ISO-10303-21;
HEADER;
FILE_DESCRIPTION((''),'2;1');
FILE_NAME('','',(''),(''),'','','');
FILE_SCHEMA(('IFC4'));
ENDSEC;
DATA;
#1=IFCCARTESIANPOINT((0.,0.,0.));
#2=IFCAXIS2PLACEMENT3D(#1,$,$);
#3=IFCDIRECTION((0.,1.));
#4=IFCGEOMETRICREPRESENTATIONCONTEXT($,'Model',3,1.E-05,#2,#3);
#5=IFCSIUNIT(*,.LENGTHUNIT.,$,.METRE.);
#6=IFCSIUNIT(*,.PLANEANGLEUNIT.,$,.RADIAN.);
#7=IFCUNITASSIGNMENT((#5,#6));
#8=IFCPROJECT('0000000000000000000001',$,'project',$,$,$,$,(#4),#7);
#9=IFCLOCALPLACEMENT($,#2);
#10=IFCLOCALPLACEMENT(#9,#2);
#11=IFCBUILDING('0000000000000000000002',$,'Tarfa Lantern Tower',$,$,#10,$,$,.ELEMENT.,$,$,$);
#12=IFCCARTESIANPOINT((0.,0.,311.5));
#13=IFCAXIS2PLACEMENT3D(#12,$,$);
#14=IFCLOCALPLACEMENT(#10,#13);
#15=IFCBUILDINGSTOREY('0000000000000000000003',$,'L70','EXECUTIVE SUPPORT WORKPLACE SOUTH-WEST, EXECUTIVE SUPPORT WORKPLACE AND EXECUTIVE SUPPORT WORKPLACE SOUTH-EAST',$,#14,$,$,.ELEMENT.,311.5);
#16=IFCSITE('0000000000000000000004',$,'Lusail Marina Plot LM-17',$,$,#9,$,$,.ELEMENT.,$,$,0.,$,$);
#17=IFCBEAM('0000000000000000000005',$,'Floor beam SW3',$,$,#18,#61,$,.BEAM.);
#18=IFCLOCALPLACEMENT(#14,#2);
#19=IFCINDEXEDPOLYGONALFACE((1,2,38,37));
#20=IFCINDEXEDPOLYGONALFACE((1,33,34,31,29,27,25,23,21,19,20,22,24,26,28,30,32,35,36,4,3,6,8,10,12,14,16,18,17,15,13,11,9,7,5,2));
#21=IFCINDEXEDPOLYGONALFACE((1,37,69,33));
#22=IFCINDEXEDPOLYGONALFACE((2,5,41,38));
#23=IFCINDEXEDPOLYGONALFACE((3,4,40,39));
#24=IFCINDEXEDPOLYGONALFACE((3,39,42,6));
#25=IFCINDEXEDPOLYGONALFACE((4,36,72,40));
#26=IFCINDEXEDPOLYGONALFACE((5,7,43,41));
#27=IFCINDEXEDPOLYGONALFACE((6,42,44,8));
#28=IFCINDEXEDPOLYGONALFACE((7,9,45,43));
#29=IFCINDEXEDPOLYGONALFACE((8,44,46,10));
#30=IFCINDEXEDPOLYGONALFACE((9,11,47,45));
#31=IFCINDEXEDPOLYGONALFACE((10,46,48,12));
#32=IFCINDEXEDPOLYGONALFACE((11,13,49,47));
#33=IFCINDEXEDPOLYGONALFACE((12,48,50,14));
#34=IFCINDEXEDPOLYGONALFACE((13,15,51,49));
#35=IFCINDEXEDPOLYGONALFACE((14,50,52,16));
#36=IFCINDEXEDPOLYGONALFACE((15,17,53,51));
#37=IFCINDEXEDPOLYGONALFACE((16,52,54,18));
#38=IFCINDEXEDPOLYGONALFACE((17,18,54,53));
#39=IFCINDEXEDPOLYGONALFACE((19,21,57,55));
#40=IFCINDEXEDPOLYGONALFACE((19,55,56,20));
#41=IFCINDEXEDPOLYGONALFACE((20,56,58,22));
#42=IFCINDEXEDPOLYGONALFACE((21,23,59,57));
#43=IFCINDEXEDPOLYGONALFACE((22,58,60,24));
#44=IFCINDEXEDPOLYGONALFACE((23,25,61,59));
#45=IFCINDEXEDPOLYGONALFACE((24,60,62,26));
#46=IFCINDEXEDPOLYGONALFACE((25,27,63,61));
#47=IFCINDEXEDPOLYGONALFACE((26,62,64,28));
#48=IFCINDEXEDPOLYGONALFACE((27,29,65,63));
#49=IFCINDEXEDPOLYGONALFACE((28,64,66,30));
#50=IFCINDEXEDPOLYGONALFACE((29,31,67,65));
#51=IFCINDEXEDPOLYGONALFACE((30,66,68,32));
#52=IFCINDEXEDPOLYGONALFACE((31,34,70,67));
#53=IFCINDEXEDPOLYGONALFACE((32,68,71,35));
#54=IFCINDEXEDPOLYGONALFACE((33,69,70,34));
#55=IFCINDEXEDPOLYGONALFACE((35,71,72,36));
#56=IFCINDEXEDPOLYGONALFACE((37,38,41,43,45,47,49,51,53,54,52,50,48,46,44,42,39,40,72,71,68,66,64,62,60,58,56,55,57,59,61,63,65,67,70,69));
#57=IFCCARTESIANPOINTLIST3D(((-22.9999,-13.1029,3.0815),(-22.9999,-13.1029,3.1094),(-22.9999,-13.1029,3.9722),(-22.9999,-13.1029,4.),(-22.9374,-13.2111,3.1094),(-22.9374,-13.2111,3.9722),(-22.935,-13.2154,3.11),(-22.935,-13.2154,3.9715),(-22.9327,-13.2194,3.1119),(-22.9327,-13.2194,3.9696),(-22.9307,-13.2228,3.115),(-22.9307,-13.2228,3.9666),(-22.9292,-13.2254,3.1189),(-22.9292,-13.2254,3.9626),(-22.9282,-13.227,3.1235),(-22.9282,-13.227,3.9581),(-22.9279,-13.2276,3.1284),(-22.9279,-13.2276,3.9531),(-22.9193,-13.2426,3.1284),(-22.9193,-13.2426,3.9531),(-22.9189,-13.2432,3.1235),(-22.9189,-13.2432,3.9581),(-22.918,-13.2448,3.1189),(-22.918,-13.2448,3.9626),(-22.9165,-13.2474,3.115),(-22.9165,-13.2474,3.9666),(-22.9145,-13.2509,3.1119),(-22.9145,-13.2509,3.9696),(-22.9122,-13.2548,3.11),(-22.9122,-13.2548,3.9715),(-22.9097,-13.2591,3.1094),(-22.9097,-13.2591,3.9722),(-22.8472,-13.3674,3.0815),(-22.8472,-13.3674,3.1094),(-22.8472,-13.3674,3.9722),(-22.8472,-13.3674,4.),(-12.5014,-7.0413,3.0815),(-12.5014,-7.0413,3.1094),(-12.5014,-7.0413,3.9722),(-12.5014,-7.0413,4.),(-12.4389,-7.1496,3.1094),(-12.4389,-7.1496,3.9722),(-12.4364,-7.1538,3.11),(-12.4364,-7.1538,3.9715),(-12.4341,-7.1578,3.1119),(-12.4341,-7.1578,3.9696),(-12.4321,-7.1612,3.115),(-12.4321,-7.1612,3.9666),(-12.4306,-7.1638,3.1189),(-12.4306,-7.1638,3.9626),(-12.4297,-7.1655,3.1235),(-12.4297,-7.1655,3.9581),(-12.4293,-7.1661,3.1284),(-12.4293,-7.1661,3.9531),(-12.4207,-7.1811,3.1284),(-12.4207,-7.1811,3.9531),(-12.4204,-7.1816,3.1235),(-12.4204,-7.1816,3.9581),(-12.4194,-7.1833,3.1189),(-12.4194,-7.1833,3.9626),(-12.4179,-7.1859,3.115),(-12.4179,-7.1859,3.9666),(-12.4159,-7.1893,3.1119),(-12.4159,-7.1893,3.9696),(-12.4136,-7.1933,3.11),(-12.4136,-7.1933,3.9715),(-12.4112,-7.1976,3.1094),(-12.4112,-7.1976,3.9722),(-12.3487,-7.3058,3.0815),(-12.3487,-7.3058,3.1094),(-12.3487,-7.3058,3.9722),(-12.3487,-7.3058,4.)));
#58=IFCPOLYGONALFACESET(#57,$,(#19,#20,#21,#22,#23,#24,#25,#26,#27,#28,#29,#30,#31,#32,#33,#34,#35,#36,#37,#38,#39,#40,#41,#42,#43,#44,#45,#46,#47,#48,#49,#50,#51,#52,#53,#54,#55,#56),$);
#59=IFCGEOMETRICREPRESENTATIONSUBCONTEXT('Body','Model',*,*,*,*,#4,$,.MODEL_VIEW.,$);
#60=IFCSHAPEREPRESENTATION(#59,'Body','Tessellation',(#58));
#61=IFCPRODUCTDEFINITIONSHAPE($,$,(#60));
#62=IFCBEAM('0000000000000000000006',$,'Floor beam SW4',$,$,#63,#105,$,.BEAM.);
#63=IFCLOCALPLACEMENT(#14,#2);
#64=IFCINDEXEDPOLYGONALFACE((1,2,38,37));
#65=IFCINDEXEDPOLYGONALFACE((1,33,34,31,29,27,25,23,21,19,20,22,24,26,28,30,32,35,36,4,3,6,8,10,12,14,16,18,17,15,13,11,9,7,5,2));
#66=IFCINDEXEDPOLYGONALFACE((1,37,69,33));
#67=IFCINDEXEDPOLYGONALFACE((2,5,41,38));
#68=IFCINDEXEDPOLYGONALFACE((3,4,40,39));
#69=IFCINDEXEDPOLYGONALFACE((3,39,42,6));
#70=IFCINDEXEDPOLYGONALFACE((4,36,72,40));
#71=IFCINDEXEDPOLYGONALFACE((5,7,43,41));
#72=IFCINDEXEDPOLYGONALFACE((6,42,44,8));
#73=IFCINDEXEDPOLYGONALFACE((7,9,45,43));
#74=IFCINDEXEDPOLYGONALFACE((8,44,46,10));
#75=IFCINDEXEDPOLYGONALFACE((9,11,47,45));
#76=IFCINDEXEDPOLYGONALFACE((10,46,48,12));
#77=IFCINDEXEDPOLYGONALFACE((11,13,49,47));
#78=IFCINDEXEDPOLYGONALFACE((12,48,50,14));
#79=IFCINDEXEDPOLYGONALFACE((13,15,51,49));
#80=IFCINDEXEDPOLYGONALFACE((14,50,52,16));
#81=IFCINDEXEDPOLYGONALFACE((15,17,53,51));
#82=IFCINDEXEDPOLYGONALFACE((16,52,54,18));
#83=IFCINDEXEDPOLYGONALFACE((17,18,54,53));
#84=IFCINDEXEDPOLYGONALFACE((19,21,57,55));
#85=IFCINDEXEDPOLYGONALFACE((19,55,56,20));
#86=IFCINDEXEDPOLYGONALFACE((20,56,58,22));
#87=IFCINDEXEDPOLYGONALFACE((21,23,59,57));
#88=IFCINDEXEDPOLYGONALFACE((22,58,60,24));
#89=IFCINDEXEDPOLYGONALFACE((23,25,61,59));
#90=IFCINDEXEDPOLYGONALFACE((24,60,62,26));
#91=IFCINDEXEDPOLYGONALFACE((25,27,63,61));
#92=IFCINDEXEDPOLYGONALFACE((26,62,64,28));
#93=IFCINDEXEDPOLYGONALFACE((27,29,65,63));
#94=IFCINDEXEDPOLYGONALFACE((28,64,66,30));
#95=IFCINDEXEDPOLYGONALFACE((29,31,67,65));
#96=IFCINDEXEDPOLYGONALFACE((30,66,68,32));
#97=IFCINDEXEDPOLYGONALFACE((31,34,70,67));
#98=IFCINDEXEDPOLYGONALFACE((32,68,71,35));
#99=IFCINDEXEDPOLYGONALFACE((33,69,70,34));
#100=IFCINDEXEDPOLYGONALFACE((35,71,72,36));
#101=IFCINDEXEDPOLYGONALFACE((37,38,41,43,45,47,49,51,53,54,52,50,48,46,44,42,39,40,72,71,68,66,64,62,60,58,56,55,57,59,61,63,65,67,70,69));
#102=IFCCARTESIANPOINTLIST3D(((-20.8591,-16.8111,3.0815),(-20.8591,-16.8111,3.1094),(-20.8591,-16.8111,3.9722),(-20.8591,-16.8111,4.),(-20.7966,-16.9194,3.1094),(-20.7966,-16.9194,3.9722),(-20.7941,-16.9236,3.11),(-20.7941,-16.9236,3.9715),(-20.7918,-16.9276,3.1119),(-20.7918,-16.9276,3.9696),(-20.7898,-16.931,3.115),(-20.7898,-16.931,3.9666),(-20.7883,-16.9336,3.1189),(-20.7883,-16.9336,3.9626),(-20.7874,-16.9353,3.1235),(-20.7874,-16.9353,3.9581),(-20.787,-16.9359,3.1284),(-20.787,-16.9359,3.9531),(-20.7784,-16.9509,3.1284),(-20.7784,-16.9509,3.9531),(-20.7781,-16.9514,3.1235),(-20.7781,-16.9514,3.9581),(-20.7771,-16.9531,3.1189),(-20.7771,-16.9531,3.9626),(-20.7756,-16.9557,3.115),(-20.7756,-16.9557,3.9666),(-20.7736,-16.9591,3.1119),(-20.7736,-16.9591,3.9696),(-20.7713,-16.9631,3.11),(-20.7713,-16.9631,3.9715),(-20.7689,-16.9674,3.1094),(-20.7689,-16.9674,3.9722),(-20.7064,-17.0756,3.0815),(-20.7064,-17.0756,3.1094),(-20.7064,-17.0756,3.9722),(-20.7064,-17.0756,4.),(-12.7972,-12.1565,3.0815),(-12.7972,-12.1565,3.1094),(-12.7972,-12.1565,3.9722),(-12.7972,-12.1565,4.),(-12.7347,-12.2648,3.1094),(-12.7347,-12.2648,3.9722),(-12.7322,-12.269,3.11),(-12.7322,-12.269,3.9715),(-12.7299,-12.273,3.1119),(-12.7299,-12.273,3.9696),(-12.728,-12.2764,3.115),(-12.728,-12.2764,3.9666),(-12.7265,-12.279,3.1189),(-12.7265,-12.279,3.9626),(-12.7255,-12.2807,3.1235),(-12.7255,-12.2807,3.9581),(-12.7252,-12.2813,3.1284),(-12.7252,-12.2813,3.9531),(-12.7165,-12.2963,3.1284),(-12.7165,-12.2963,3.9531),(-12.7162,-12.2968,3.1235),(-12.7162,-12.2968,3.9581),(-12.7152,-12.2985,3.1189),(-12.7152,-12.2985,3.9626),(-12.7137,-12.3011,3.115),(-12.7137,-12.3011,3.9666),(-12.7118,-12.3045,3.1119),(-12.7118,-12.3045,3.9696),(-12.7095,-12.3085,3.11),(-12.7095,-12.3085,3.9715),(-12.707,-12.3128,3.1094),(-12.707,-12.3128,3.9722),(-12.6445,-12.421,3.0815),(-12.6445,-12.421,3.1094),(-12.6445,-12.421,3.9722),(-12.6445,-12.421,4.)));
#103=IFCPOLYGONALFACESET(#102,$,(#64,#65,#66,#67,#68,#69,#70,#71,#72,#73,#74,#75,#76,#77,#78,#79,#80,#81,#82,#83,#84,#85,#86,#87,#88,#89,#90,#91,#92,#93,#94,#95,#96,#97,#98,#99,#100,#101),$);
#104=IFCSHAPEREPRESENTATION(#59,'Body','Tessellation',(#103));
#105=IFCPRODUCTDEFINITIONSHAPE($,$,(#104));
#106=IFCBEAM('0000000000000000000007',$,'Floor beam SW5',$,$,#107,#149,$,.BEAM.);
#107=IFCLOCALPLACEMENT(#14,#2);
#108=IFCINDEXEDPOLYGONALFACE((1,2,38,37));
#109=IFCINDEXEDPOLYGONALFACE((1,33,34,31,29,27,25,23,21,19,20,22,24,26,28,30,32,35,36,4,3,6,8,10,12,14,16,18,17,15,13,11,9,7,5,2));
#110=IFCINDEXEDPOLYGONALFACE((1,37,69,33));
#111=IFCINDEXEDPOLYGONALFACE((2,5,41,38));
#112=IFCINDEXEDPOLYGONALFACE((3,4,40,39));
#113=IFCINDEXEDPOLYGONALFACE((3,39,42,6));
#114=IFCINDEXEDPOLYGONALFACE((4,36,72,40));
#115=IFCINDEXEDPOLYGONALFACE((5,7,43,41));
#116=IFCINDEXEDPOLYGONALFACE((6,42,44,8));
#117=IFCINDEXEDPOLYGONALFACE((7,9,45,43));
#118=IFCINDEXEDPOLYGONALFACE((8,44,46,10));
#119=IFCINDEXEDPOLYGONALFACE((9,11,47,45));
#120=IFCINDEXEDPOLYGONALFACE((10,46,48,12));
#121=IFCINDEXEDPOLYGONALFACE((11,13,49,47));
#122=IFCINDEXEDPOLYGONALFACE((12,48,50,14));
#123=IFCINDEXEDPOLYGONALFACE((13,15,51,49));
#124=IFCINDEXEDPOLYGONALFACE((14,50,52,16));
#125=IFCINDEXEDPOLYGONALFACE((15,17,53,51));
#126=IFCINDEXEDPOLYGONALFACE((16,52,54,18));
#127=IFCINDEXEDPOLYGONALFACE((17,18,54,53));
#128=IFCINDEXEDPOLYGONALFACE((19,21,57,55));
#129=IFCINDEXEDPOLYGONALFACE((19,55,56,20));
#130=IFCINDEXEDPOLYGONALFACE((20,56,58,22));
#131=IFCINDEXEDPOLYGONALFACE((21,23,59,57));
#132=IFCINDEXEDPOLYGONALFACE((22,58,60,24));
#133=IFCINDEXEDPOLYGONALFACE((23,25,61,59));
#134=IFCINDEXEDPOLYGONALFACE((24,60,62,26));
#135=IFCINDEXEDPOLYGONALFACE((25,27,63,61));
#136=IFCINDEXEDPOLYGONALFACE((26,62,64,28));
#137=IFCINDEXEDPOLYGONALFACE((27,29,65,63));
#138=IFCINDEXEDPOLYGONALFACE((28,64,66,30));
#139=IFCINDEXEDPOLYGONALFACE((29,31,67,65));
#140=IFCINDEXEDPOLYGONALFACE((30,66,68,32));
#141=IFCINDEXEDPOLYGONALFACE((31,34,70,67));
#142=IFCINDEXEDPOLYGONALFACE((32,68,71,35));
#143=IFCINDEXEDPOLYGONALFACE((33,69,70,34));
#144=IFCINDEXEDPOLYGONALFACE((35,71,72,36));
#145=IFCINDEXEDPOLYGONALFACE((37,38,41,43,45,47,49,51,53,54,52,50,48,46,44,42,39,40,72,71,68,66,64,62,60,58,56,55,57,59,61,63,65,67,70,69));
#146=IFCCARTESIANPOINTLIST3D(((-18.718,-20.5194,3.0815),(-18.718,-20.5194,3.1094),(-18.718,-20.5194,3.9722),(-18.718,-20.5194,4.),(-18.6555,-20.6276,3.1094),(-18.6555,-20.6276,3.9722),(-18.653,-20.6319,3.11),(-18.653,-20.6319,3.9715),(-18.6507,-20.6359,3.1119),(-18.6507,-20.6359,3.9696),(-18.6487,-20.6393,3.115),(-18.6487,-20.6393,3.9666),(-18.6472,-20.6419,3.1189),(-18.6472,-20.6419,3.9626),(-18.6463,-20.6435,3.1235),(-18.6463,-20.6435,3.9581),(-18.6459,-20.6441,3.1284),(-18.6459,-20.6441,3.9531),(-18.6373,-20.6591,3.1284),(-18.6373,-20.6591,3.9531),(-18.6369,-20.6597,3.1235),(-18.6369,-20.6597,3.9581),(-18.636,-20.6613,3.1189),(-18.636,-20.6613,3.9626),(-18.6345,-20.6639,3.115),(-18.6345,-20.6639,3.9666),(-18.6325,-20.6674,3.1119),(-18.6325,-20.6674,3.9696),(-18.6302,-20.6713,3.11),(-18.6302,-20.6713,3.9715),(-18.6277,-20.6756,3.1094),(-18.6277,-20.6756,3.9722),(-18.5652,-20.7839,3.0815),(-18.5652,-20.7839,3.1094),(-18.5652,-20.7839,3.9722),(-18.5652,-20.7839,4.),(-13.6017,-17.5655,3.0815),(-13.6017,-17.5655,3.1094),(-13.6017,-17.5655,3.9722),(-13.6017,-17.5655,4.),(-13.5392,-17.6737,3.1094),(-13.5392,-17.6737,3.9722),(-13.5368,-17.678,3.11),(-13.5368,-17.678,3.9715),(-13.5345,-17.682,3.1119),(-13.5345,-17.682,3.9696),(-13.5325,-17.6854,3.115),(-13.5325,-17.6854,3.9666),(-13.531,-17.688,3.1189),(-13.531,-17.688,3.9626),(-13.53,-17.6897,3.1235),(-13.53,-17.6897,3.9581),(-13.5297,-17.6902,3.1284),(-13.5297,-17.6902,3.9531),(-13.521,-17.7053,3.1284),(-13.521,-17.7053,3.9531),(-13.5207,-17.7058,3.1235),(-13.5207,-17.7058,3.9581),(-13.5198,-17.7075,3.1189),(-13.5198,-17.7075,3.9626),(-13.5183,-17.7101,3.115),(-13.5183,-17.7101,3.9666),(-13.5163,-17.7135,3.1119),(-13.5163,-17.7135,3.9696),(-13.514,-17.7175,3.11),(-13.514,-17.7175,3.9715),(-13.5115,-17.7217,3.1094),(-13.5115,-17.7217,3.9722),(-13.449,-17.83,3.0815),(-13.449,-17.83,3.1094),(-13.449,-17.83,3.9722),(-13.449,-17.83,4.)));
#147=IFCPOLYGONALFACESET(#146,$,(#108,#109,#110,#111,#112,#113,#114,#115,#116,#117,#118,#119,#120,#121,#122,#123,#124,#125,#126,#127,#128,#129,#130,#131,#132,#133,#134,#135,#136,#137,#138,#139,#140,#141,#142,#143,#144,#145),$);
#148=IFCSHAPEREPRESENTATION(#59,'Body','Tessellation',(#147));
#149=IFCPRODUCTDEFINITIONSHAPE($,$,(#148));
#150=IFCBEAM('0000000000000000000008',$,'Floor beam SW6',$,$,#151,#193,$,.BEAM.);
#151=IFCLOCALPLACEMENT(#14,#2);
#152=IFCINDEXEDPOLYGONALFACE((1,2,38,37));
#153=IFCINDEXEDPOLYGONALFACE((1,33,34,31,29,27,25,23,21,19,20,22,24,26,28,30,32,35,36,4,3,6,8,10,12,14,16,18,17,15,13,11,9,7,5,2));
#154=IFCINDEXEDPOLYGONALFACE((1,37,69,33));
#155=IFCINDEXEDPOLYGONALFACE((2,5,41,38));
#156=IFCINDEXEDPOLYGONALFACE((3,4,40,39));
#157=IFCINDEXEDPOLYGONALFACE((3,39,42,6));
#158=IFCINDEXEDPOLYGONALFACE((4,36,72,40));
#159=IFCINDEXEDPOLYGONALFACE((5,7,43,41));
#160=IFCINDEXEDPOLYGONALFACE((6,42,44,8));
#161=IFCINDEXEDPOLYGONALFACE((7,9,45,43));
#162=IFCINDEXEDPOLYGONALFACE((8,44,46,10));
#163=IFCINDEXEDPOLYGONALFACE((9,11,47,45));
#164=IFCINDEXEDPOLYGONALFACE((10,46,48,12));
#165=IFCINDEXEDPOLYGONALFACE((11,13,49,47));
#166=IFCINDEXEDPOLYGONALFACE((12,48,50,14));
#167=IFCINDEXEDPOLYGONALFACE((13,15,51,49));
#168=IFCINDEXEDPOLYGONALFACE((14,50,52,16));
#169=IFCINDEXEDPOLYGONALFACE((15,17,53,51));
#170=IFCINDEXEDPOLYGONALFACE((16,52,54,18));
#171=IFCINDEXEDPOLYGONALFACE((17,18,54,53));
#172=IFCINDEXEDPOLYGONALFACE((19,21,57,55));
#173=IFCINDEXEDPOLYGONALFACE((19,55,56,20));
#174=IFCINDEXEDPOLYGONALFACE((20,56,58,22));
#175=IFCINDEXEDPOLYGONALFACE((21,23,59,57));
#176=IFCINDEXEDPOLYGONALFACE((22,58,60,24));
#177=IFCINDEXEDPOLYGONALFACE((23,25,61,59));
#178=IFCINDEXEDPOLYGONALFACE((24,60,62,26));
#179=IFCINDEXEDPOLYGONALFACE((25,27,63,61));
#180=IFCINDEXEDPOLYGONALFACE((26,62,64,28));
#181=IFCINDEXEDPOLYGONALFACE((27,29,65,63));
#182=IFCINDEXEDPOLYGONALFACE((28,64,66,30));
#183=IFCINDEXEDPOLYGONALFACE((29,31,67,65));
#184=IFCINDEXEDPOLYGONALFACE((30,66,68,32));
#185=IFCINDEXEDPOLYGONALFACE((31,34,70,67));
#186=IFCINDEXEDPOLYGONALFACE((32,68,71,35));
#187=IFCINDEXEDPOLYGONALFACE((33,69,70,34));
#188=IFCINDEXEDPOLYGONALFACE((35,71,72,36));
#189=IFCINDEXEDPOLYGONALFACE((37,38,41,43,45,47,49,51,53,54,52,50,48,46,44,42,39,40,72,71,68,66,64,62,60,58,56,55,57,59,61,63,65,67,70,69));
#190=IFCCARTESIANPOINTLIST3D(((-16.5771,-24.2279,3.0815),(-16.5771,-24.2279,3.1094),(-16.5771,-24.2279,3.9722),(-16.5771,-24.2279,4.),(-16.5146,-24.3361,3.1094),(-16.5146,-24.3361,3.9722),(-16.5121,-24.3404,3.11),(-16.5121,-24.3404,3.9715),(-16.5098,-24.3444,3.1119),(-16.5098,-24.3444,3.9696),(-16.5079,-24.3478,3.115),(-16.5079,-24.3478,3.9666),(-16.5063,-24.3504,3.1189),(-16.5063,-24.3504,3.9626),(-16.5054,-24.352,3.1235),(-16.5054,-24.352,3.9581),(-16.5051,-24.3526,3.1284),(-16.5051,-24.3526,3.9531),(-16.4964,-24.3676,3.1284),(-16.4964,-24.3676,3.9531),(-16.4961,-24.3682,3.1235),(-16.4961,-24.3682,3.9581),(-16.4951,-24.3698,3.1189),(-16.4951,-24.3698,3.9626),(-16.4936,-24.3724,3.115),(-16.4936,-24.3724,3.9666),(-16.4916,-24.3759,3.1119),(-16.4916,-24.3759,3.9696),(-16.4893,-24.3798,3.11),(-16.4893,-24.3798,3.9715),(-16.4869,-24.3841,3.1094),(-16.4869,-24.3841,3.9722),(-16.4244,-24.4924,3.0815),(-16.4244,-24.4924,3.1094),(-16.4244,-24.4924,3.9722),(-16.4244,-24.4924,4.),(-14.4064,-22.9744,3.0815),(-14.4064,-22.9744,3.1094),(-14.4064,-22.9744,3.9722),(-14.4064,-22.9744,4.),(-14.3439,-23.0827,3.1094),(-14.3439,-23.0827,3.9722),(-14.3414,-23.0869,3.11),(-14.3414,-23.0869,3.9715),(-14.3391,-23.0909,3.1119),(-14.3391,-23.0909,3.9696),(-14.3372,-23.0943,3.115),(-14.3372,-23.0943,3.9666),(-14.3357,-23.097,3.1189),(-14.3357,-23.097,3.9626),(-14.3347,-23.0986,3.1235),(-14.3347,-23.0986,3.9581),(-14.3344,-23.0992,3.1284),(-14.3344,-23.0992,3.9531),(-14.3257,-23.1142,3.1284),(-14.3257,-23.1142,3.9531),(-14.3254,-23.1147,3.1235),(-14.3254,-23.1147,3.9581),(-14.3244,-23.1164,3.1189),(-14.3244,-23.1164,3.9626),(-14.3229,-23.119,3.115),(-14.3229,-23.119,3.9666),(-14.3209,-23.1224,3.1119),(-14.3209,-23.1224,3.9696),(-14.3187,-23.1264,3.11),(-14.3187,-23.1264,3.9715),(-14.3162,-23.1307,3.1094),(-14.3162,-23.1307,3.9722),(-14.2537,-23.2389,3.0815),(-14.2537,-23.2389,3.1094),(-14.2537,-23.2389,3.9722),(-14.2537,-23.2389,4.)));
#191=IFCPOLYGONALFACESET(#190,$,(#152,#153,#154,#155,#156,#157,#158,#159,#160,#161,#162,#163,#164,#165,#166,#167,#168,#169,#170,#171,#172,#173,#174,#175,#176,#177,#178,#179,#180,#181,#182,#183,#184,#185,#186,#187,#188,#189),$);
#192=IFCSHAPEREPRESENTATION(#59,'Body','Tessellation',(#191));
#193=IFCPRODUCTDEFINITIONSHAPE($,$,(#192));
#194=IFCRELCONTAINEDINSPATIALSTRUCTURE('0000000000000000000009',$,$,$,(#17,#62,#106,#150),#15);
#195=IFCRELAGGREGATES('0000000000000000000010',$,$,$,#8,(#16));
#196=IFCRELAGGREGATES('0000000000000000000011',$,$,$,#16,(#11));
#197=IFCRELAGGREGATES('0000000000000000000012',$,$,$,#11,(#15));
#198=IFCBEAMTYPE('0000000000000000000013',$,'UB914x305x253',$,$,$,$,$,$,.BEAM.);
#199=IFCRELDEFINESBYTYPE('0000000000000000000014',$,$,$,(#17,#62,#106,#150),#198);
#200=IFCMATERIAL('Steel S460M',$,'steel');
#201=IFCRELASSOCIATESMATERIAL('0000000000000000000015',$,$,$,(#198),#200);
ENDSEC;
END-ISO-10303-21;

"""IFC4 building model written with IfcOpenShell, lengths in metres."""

from ifc_helpers import new_model, si_unit, direction, frame, origin, origin_2d, place, context, subcontext, project, spatial, i_section, extrude, material, material_profile, profile_set, type_object, element, save


model = new_model("IFC4")

# Units and contexts
model_context = context("Model", 3, precision=1e-05, world=origin(), true_north=direction((0.0, 1.0)))
body_context = subcontext(model_context, "Body", "Model", "MODEL_VIEW")
ifc_project = project(units=[si_unit("LENGTHUNIT", "METRE"), si_unit("PLANEANGLEUNIT", "RADIAN")], contexts=[model_context])

# Site, building, storey
site_placement = place(None, origin())
site = spatial("IfcSite", under=ifc_project, at=site_placement, Name="Lusail Marina Plot LM-17", CompositionType="ELEMENT", RefElevation=0.0)
building_placement = place(site_placement, origin())
building = spatial("IfcBuilding", under=site, at=building_placement, Name="Tarfa Lantern Tower", CompositionType="ELEMENT")
storey_placement = place(building_placement, frame((0.0, 0.0, 311.5)))
storey = spatial("IfcBuildingStorey", under=building, at=storey_placement, Name="L70", Description="EXECUTIVE SUPPORT WORKPLACE SOUTH-WEST, EXECUTIVE SUPPORT WORKPLACE AND EXECUTIVE SUPPORT WORKPLACE SOUTH-EAST", CompositionType="ELEMENT", Elevation=311.5)

# Shared definitions
ifc_material_1 = material(Name="Steel S460M", Category="steel")

# Beams
ifc_material_profile_1 = material_profile(ifc_material_1, i_section(OverallWidth=0.3054, OverallDepth=0.9185, WebThickness=0.0173, FlangeThickness=0.0278, FilletRadius=0.019, at=origin_2d()), Name="UB914x305x253")
ifc_profile_set_1 = profile_set([ifc_material_profile_1], Name="Steel S460M")
beam_type_1 = type_object("IfcBeamType", Name="UB914x305x253", PredefinedType="BEAM", material=ifc_profile_set_1)
beam_1_placement = place(storey_placement, frame((-22.9236, -13.2351, 3.5408), z_axis=(0.866019, 0.500012, 0.0), x_axis=(-0.500012, 0.866019, 0.0)))
element("IfcBeam", 1, at=beam_1_placement, inside=storey, type_object=beam_type_1, Name="Floor beam SW3", PredefinedType="BEAM", context=body_context, shape_type="SweptSolid", body=[
    extrude(i_section(OverallWidth=0.3054, OverallDepth=0.9185, WebThickness=0.0173, FlangeThickness=0.0278, FilletRadius=0.019, at=origin_2d()), origin(), (0.0, 0.0, 1.0), 12.1228),
])
beam_2_placement = place(storey_placement, frame((-20.7827, -16.9434, 3.5408), z_axis=(0.866022, 0.500006, 0.0), x_axis=(-0.500006, 0.866022, 0.0)))
element("IfcBeam", 2, at=beam_2_placement, inside=storey, type_object=beam_type_1, Name="Floor beam SW4", PredefinedType="BEAM", context=body_context, shape_type="SweptSolid", body=[
    extrude(i_section(OverallWidth=0.3054, OverallDepth=0.9185, WebThickness=0.0173, FlangeThickness=0.0278, FilletRadius=0.019, at=origin_2d()), origin(), (0.0, 0.0, 1.0), 9.3091),
])
beam_3_placement = place(storey_placement, frame((-18.6416, -20.6516, 3.5408), z_axis=(0.866025, 0.500001, 0.0), x_axis=(-0.500001, 0.866025, 0.0)))
element("IfcBeam", 3, at=beam_3_placement, inside=storey, type_object=beam_type_1, Name="Floor beam SW5", PredefinedType="BEAM", context=body_context, shape_type="SweptSolid", body=[
    extrude(i_section(OverallWidth=0.3054, OverallDepth=0.9185, WebThickness=0.0173, FlangeThickness=0.0278, FilletRadius=0.019, at=origin_2d()), origin(), (0.0, 0.0, 1.0), 5.9077),
])
beam_4_placement = place(storey_placement, frame((-16.5007, -24.3601, 3.5408), z_axis=(0.865993, 0.500057, 0.0), x_axis=(-0.500057, 0.865993, 0.0)))
element("IfcBeam", 4, at=beam_4_placement, inside=storey, type_object=beam_type_1, Name="Floor beam SW6", PredefinedType="BEAM", context=body_context, shape_type="SweptSolid", body=[
    extrude(i_section(OverallWidth=0.3054, OverallDepth=0.9185, WebThickness=0.0173, FlangeThickness=0.0278, FilletRadius=0.019, at=origin_2d()), origin(), (0.0, 0.0, 1.0), 2.5066),
])

save(model, "model.ifc")
